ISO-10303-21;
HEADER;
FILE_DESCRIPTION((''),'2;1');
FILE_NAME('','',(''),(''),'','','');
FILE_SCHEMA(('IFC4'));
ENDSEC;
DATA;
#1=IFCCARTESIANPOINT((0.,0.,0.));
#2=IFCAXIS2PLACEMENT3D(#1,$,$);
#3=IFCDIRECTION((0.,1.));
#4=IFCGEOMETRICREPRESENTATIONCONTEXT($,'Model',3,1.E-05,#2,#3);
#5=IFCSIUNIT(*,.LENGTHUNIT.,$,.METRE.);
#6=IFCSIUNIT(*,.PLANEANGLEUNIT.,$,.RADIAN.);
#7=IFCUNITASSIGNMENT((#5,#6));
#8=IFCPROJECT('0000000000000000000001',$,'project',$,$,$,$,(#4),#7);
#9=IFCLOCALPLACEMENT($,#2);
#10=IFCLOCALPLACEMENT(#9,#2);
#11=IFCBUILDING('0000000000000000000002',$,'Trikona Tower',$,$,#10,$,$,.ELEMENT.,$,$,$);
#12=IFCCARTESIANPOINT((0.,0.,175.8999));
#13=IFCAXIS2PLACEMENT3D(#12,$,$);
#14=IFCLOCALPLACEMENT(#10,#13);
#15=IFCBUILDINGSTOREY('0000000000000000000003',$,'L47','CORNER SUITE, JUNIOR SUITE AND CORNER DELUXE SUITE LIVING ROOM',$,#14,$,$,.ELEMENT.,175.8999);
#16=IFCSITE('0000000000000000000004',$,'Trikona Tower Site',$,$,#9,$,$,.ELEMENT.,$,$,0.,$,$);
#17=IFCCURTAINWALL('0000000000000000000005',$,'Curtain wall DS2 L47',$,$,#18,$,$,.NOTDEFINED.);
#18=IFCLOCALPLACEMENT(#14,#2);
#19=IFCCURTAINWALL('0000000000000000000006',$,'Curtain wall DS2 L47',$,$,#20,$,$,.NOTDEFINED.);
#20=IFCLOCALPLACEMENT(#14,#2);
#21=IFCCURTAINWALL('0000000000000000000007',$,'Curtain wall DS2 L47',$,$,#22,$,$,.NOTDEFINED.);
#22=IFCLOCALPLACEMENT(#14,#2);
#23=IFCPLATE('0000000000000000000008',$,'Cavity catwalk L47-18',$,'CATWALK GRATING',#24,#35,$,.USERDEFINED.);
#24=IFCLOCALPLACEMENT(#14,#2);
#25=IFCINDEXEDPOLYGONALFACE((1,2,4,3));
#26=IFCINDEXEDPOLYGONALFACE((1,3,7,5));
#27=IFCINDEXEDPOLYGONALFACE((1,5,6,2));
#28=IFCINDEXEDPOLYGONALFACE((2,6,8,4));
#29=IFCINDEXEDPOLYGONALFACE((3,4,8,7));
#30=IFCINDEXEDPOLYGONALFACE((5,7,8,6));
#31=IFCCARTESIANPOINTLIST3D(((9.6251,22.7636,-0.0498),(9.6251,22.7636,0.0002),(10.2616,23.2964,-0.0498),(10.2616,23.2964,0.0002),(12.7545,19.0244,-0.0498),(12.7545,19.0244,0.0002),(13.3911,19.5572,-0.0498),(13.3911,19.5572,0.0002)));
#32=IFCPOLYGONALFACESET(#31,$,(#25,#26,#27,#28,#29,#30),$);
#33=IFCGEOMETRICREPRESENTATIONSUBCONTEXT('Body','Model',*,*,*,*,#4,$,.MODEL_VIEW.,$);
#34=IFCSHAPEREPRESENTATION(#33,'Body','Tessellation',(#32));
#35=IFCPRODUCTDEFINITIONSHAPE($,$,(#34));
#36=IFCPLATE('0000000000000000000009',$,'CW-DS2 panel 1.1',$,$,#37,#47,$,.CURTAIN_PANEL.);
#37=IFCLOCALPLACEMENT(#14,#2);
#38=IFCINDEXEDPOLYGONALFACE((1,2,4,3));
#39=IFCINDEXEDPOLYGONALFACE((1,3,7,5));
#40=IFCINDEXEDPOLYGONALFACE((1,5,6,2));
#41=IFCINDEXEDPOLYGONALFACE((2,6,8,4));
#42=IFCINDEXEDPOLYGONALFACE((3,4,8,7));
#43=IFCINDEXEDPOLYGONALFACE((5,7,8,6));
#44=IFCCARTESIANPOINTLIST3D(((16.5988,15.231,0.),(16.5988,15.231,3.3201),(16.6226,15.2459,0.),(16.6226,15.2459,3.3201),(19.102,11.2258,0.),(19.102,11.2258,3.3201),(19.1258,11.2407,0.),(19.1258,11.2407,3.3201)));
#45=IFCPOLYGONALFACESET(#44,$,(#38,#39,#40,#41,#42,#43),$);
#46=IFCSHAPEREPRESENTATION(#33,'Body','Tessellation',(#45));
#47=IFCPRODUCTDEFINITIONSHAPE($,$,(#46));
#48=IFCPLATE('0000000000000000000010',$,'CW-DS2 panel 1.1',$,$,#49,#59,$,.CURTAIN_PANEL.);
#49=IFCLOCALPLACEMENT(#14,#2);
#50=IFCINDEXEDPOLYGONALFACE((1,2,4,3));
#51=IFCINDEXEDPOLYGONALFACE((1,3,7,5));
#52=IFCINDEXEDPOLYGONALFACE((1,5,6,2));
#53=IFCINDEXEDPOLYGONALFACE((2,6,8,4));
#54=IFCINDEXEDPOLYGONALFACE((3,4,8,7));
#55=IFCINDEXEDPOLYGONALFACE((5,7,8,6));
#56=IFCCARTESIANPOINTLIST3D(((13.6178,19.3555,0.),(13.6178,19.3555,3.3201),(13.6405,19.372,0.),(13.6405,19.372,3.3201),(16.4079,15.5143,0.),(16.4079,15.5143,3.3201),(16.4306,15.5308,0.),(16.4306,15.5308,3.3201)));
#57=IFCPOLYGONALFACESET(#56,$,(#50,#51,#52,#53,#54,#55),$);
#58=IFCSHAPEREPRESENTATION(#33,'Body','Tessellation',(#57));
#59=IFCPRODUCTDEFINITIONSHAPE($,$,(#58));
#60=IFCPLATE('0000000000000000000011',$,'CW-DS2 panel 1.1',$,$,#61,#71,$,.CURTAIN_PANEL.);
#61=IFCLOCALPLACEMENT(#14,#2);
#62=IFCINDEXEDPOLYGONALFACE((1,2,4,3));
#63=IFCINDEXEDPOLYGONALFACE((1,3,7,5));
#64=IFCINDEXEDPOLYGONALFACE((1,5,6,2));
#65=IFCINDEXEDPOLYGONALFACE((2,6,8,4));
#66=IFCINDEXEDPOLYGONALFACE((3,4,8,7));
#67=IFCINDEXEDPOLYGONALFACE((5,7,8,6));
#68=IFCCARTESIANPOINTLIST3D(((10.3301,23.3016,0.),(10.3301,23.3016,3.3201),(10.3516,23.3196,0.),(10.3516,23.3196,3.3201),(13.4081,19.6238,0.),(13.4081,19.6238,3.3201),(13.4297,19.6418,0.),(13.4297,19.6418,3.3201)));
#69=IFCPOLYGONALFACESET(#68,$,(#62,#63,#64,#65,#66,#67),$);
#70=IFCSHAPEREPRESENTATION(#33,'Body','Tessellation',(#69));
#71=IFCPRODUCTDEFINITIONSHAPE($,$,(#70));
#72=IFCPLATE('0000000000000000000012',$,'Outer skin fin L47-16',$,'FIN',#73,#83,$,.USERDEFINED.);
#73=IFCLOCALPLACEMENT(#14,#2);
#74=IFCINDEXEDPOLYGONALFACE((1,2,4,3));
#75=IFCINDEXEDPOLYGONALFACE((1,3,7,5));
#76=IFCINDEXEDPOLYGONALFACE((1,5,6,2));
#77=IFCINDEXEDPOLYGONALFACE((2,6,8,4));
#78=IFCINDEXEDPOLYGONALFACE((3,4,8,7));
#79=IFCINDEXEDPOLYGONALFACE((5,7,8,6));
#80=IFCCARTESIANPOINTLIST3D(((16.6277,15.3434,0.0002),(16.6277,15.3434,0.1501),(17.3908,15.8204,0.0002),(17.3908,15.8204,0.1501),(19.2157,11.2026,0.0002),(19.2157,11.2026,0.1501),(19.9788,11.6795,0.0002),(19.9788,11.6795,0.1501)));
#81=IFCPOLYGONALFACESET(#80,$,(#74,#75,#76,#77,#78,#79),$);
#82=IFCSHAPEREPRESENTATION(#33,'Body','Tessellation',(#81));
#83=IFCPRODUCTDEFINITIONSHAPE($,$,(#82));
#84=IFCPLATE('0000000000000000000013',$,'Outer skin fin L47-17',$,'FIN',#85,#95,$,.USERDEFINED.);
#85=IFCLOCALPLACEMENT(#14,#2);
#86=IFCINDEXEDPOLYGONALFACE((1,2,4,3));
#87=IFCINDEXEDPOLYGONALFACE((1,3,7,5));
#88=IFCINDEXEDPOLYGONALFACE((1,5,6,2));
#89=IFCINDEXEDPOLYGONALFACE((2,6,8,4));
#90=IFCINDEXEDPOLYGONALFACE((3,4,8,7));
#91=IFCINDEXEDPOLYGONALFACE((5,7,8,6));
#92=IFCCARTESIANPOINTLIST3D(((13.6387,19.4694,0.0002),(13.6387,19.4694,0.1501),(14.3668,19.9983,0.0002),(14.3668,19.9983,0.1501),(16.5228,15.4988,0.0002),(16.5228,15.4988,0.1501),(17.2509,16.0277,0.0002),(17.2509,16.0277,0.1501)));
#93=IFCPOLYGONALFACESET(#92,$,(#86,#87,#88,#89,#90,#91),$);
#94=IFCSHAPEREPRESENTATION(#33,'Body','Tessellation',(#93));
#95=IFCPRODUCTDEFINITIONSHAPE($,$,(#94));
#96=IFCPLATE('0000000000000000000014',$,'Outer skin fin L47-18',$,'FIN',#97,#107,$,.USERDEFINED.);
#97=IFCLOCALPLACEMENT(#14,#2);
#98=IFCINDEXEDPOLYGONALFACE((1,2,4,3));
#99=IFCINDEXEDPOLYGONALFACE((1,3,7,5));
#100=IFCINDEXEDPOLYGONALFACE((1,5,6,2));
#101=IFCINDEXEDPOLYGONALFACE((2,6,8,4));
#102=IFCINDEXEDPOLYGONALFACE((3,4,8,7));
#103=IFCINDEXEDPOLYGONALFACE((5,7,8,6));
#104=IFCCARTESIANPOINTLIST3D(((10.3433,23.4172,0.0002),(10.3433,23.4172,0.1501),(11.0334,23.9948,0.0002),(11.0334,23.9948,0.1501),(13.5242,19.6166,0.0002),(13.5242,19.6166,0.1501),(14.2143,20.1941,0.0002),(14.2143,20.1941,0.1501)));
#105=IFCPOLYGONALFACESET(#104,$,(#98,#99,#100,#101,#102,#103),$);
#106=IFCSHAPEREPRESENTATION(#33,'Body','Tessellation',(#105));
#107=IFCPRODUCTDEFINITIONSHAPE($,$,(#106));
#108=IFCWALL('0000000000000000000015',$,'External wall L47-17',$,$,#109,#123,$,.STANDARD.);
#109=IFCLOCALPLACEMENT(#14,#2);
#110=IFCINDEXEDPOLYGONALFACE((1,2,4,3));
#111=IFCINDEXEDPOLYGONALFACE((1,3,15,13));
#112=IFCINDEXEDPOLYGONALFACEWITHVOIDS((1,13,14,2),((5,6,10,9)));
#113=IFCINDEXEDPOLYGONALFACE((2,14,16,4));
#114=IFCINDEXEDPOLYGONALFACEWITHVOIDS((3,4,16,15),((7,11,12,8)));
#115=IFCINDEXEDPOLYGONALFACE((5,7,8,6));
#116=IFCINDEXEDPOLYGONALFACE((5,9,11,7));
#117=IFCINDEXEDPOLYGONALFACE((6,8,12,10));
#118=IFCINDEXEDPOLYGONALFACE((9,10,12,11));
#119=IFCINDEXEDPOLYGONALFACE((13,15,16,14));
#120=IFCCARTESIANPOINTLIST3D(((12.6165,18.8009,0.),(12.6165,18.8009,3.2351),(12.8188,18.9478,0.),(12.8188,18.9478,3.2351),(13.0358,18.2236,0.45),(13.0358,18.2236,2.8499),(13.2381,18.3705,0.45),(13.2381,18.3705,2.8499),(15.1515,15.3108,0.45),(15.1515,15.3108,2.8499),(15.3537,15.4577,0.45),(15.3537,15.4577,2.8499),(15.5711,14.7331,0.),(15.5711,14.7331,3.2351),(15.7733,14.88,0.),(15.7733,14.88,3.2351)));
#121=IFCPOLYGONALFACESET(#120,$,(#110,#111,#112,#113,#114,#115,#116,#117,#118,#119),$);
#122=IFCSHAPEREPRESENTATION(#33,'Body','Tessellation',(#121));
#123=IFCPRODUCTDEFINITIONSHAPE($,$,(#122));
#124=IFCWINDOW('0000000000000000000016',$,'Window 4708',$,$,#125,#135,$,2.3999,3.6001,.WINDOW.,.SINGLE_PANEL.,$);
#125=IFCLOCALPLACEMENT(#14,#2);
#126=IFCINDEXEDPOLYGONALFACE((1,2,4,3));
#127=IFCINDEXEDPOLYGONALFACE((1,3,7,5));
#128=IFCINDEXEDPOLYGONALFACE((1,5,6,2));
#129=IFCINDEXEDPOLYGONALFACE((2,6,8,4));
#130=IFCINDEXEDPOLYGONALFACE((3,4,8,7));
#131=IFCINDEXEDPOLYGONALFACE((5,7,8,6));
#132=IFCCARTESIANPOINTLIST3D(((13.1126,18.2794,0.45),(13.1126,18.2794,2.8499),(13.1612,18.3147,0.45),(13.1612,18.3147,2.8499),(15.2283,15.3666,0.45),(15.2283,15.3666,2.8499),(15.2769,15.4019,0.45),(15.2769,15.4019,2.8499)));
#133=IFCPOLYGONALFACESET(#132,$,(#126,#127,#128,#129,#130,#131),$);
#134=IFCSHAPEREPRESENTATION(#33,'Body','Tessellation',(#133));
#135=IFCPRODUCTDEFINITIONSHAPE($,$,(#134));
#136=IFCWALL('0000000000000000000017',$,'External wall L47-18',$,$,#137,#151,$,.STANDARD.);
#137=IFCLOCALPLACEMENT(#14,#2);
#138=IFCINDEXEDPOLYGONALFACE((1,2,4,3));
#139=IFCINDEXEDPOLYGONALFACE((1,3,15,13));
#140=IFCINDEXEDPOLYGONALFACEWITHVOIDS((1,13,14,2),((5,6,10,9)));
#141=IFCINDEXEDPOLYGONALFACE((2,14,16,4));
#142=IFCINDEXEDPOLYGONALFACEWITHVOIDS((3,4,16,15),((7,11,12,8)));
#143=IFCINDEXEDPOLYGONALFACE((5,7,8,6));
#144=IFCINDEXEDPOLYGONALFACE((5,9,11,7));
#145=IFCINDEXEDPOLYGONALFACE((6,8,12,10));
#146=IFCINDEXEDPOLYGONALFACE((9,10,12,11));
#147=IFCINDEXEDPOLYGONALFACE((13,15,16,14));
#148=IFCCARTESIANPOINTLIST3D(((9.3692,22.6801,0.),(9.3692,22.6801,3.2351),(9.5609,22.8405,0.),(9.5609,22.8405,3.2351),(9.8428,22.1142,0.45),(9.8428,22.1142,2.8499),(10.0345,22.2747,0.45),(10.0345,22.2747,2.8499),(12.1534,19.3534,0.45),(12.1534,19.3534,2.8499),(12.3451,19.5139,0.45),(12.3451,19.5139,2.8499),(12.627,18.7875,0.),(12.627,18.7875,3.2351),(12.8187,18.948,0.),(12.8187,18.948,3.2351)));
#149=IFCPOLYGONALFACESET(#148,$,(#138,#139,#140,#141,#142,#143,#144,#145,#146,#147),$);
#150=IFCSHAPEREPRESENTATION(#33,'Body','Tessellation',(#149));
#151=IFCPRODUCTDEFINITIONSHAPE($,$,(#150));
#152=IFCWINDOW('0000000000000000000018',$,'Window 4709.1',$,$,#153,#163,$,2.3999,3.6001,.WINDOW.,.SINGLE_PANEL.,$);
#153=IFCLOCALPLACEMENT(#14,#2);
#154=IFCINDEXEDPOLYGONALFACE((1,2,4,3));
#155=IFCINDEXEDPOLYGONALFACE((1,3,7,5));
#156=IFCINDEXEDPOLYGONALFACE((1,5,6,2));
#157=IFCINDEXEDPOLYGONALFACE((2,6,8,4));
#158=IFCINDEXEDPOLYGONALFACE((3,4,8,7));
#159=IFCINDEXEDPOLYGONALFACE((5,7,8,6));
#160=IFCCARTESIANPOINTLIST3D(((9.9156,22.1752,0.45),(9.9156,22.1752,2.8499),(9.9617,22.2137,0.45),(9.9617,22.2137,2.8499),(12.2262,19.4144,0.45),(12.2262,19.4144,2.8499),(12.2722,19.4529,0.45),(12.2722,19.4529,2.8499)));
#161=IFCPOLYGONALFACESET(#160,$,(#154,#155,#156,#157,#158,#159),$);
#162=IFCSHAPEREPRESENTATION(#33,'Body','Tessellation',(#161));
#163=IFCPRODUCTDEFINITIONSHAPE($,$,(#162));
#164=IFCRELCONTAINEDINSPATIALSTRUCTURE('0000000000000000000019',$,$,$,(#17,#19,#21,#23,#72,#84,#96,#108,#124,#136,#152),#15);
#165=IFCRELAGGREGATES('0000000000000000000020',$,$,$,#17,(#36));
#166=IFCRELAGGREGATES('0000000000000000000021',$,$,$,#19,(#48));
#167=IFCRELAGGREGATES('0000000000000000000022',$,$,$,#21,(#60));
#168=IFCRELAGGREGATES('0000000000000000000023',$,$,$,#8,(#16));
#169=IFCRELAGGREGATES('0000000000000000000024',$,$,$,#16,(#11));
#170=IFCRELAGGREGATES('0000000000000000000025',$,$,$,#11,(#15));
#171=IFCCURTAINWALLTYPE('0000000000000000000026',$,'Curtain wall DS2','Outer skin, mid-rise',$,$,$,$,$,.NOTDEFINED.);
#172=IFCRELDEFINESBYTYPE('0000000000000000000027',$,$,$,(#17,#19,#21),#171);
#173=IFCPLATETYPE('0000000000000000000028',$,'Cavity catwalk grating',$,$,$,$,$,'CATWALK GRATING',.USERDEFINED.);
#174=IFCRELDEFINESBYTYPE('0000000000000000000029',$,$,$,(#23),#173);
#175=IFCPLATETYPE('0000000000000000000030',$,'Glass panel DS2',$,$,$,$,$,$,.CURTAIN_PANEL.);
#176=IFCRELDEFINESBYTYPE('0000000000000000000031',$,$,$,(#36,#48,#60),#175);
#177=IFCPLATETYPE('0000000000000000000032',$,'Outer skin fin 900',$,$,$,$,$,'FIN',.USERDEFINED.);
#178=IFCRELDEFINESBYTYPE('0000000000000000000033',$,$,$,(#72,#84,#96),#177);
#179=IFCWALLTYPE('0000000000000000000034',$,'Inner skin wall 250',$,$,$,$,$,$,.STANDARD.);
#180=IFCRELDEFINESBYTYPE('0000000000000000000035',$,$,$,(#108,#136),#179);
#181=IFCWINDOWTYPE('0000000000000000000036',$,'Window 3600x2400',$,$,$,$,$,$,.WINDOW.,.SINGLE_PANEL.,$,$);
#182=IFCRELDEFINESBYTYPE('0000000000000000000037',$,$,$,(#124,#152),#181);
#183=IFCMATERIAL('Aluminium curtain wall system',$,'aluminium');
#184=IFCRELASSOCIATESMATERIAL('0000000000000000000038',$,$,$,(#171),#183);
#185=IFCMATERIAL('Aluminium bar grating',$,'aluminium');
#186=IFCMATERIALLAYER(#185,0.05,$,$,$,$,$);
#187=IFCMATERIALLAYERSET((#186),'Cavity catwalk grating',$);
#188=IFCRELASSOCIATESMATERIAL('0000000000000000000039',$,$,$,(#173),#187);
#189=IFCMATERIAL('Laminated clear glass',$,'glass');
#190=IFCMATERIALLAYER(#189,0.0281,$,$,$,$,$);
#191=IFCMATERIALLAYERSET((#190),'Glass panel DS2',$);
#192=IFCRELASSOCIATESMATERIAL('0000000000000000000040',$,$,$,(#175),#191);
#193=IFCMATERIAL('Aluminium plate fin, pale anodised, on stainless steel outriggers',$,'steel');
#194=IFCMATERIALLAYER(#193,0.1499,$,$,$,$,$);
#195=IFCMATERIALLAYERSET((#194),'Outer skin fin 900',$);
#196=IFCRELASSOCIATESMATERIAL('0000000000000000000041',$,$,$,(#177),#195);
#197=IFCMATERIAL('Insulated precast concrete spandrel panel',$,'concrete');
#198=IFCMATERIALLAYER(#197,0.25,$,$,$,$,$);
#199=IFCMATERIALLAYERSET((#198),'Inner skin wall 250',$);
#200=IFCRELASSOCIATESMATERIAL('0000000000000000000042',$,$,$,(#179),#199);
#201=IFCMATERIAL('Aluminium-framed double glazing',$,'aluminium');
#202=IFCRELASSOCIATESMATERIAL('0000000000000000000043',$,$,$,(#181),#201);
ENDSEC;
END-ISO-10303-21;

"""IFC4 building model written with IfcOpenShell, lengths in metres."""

from ifc_helpers import new_model, si_unit, direction, frame, frame_2d, origin, origin_2d, place, context, subcontext, project, spatial, rectangle, extrude, material, layer, layer_set, type_object, element, fill, aggregate, save


model = new_model("IFC4")

# Units and contexts
model_context = context("Model", 3, precision=1e-05, world=origin(), true_north=direction((0.0, 1.0)))
body_context = subcontext(model_context, "Body", "Model", "MODEL_VIEW")
ifc_project = project(units=[si_unit("LENGTHUNIT", "METRE"), si_unit("PLANEANGLEUNIT", "RADIAN")], contexts=[model_context])

# Site, building, storey
site_placement = place(None, origin())
site = spatial("IfcSite", under=ifc_project, at=site_placement, Name="Trikona Tower Site", CompositionType="ELEMENT", RefElevation=0.0)
building_placement = place(site_placement, origin())
building = spatial("IfcBuilding", under=site, at=building_placement, Name="Trikona Tower", CompositionType="ELEMENT")
storey_placement = place(building_placement, frame((0.0, 0.0, 175.8999)))
storey = spatial("IfcBuildingStorey", under=building, at=storey_placement, Name="L47", Description="CORNER SUITE, JUNIOR SUITE AND CORNER DELUXE SUITE LIVING ROOM", CompositionType="ELEMENT", Elevation=175.8999)

# Curtain wall
ifc_material_1 = material(Name="Aluminium curtain wall system", Category="aluminium")
curtain_wall_type = type_object("IfcCurtainWallType", Name="Curtain wall DS2", Description="Outer skin, mid-rise", PredefinedType="NOTDEFINED", material=ifc_material_1)
curtain_wall_1_placement = place(storey_placement, origin())
curtain_wall_1 = element("IfcCurtainWall", 1, at=curtain_wall_1_placement, inside=storey, type_object=curtain_wall_type, Name="Curtain wall DS2 L47", PredefinedType="NOTDEFINED")

# Curtain walls
curtain_wall_2_placement = place(storey_placement, origin())
curtain_wall_2 = element("IfcCurtainWall", 2, at=curtain_wall_2_placement, inside=storey, type_object=curtain_wall_type, Name="Curtain wall DS2 L47", PredefinedType="NOTDEFINED")
curtain_wall_3_placement = place(storey_placement, origin())
curtain_wall_3 = element("IfcCurtainWall", 3, at=curtain_wall_3_placement, inside=storey, type_object=curtain_wall_type, Name="Curtain wall DS2 L47", PredefinedType="NOTDEFINED")

# Plate
ifc_material_2 = material(Name="Aluminium bar grating", Category="aluminium")
ifc_layer_1 = layer(ifc_material_2, 0.05)
ifc_layer_set_1 = layer_set([ifc_layer_1], Name="Cavity catwalk grating")
plate_type_1 = type_object("IfcPlateType", Name="Cavity catwalk grating", ElementType="CATWALK GRATING", PredefinedType="USERDEFINED", material=ifc_layer_set_1)
plate_1_placement = place(storey_placement, frame((11.5081, 21.1604, -0.0498), z_axis=(0.0, 0.0, 1.0), x_axis=(-0.641807, 0.766866, 0.0)))
element("IfcPlate", 4, at=plate_1_placement, inside=storey, type_object=plate_type_1, Name="Cavity catwalk L47-18", ObjectType="CATWALK GRATING", PredefinedType="USERDEFINED", context=body_context, shape_type="SweptSolid", body=[
    extrude(rectangle(XDim=4.876, YDim=0.8301, at=origin_2d()), origin(), (0.0, 0.0, 1.0), 0.05),
])

# Plates
ifc_material_3 = material(Name="Laminated clear glass", Category="glass")
ifc_layer_2 = layer(ifc_material_3, 0.0281)
ifc_layer_set_2 = layer_set([ifc_layer_2], Name="Glass panel DS2")
plate_type_2 = type_object("IfcPlateType", Name="Glass panel DS2", PredefinedType="CURTAIN_PANEL", material=ifc_layer_set_2)
plate_2_placement = place(storey_placement, frame((17.8623, 13.2358, 0.0), z_axis=(0.0, 0.0, 1.0), x_axis=(-0.529999, 0.847998, 0.0)))
plate_2 = element("IfcPlate", 5, at=plate_2_placement, type_object=plate_type_2, Name="CW-DS2 panel 1.1", PredefinedType="CURTAIN_PANEL", context=body_context, shape_type="SweptSolid", body=[
    extrude(rectangle(XDim=4.7231, YDim=0.0281, at=origin_2d()), origin(), (0.0, 0.0, 1.0), 3.3201),
])
aggregate(curtain_wall_1, [plate_2])
plate_3_placement = place(storey_placement, frame((15.0242, 17.4431, 0.0), z_axis=(0.0, 0.0, 1.0), x_axis=(-0.587691, 0.809086, 0.0)))
plate_3 = element("IfcPlate", 6, at=plate_3_placement, type_object=plate_type_2, Name="CW-DS2 panel 1.1", PredefinedType="CURTAIN_PANEL", context=body_context, shape_type="SweptSolid", body=[
    extrude(rectangle(XDim=4.7476, YDim=0.0281, at=origin_2d()), origin(), (0.0, 0.0, 1.0), 3.3201),
])
aggregate(curtain_wall_2, [plate_3])
plate_4_placement = place(storey_placement, frame((11.8799, 21.4717, 0.0), z_axis=(0.0, 0.0, 1.0), x_axis=(-0.641806, 0.766867, 0.0)))
plate_4 = element("IfcPlate", 7, at=plate_4_placement, type_object=plate_type_2, Name="CW-DS2 panel 1.1", PredefinedType="CURTAIN_PANEL", context=body_context, shape_type="SweptSolid", body=[
    extrude(rectangle(XDim=4.7959, YDim=0.0281, at=origin_2d()), origin(), (0.0, 0.0, 1.0), 3.3201),
])
aggregate(curtain_wall_3, [plate_4])

# Plates
ifc_material_4 = material(Name="Aluminium plate fin, pale anodised, on stainless steel outriggers", Category="steel")
ifc_layer_3 = layer(ifc_material_4, 0.1499)
ifc_layer_set_3 = layer_set([ifc_layer_3], Name="Outer skin fin 900")
plate_type_3 = type_object("IfcPlateType", Name="Outer skin fin 900", ElementType="FIN", PredefinedType="USERDEFINED", material=ifc_layer_set_3)
plate_5_placement = place(storey_placement, frame((18.3032, 13.5115, 0.0002), z_axis=(0.0, 0.0, 1.0), x_axis=(-0.529995, 0.848001, 0.0)))
element("IfcPlate", 8, at=plate_5_placement, inside=storey, type_object=plate_type_3, Name="Outer skin fin L47-16", ObjectType="FIN", PredefinedType="USERDEFINED", context=body_context, shape_type="SweptSolid", body=[
    extrude(rectangle(XDim=4.8831, YDim=0.8999, at=origin_2d()), origin(), (0.0, 0.0, 1.0), 0.1499),
])
plate_6_placement = place(storey_placement, frame((15.4448, 17.7485, 0.0002), z_axis=(0.0, 0.0, 1.0), x_axis=(-0.587686, 0.809089, 0.0)))
element("IfcPlate", 9, at=plate_6_placement, inside=storey, type_object=plate_type_3, Name="Outer skin fin L47-17", ObjectType="FIN", PredefinedType="USERDEFINED", context=body_context, shape_type="SweptSolid", body=[
    extrude(rectangle(XDim=4.9075, YDim=0.8999, at=origin_2d()), origin(), (0.0, 0.0, 1.0), 0.1499),
])
plate_7_placement = place(storey_placement, frame((12.2788, 21.8057, 0.0002), z_axis=(0.0, 0.0, 1.0), x_axis=(-0.641807, 0.766866, 0.0)))
element("IfcPlate", 10, at=plate_7_placement, inside=storey, type_object=plate_type_3, Name="Outer skin fin L47-18", ObjectType="FIN", PredefinedType="USERDEFINED", context=body_context, shape_type="SweptSolid", body=[
    extrude(rectangle(XDim=4.9561, YDim=0.8999, at=origin_2d()), origin(), (0.0, 0.0, 1.0), 0.1499),
])

# Walls, openings, windows
ifc_material_5 = material(Name="Insulated precast concrete spandrel panel", Category="concrete")
ifc_layer_4 = layer(ifc_material_5, 0.25)
ifc_layer_set_4 = layer_set([ifc_layer_4], Name="Inner skin wall 250")
wall_type = type_object("IfcWallType", Name="Inner skin wall 250", PredefinedType="STANDARD", material=ifc_layer_set_4)
wall_1_placement = place(storey_placement, frame((15.6721, 14.8066, 0.0), z_axis=(0.0, 0.0, 1.0), x_axis=(-0.587669, 0.809101, 0.0)))
wall_1 = element("IfcWall", 11, at=wall_1_placement, inside=storey, type_object=wall_type, Name="External wall L47-17", PredefinedType="STANDARD", context=body_context, shape_type="SweptSolid", body=[
    extrude(rectangle(XDim=5.0276, YDim=0.25, at=frame_2d((2.5137, 0.0))), origin(), (0.0, 0.0, 1.0), 3.2351),
])
opening_1_placement = place(wall_1_placement, frame((0.7139, 0.0, 0.45)))
opening_1 = element("IfcOpeningElement", 12, at=opening_1_placement, cuts=wall_1, PredefinedType="OPENING", context=body_context, shape_type="SweptSolid", body=[
    extrude(rectangle(XDim=3.6001, YDim=2.3999, at=frame_2d((1.8, 1.2))), frame((0.0, 0.135, 0.0), z_axis=(0.0, -1.0, 0.0), x_axis=(1.0, 0.0, 0.0)), (0.0, 0.0, 1.0), 0.27),
])
ifc_material_6 = material(Name="Aluminium-framed double glazing", Category="aluminium")
window_type = type_object("IfcWindowType", Name="Window 3600x2400", PartitioningType="SINGLE_PANEL", PredefinedType="WINDOW", material=ifc_material_6)
window_1_placement = place(opening_1_placement, origin())
window_1 = element("IfcWindow", 13, at=window_1_placement, inside=storey, type_object=window_type, Name="Window 4708", OverallHeight=2.3999, OverallWidth=3.6001, PartitioningType="SINGLE_PANEL", PredefinedType="WINDOW", context=body_context, shape_type="SweptSolid", body=[
    extrude(rectangle(XDim=3.6001, YDim=2.3999, at=frame_2d((1.8, 1.2))), frame((0.0, 0.03, 0.0), z_axis=(0.0, -1.0, 0.0), x_axis=(1.0, 0.0, 0.0)), (0.0, 0.0, 1.0), 0.0601),
])
fill(opening_1, window_1)
wall_2_placement = place(storey_placement, frame((12.7229, 18.8677, 0.0), z_axis=(0.0, 0.0, 1.0), x_axis=(-0.64181, 0.766863, 0.0)))
wall_2 = element("IfcWall", 14, at=wall_2_placement, inside=storey, type_object=wall_type, Name="External wall L47-18", PredefinedType="STANDARD", context=body_context, shape_type="SweptSolid", body=[
    extrude(rectangle(XDim=5.0759, YDim=0.25, at=frame_2d((2.5381, 0.0))), origin(), (0.0, 0.0, 1.0), 3.2351),
])
opening_2_placement = place(wall_2_placement, frame((0.738, 0.0, 0.45)))
opening_2 = element("IfcOpeningElement", 15, at=opening_2_placement, cuts=wall_2, PredefinedType="OPENING", context=body_context, shape_type="SweptSolid", body=[
    extrude(rectangle(XDim=3.6001, YDim=2.3999, at=frame_2d((1.8, 1.2))), frame((0.0, 0.135, 0.0), z_axis=(0.0, -1.0, 0.0), x_axis=(1.0, 0.0, 0.0)), (0.0, 0.0, 1.0), 0.27),
])
window_2_placement = place(opening_2_placement, origin())
window_2 = element("IfcWindow", 16, at=window_2_placement, inside=storey, type_object=window_type, Name="Window 4709.1", OverallHeight=2.3999, OverallWidth=3.6001, PartitioningType="SINGLE_PANEL", PredefinedType="WINDOW", context=body_context, shape_type="SweptSolid", body=[
    extrude(rectangle(XDim=3.6001, YDim=2.3999, at=frame_2d((1.8, 1.2))), frame((0.0, 0.03, 0.0), z_axis=(0.0, -1.0, 0.0), x_axis=(1.0, 0.0, 0.0)), (0.0, 0.0, 1.0), 0.0601),
])
fill(opening_2, window_2)

save(model, "model.ifc")
